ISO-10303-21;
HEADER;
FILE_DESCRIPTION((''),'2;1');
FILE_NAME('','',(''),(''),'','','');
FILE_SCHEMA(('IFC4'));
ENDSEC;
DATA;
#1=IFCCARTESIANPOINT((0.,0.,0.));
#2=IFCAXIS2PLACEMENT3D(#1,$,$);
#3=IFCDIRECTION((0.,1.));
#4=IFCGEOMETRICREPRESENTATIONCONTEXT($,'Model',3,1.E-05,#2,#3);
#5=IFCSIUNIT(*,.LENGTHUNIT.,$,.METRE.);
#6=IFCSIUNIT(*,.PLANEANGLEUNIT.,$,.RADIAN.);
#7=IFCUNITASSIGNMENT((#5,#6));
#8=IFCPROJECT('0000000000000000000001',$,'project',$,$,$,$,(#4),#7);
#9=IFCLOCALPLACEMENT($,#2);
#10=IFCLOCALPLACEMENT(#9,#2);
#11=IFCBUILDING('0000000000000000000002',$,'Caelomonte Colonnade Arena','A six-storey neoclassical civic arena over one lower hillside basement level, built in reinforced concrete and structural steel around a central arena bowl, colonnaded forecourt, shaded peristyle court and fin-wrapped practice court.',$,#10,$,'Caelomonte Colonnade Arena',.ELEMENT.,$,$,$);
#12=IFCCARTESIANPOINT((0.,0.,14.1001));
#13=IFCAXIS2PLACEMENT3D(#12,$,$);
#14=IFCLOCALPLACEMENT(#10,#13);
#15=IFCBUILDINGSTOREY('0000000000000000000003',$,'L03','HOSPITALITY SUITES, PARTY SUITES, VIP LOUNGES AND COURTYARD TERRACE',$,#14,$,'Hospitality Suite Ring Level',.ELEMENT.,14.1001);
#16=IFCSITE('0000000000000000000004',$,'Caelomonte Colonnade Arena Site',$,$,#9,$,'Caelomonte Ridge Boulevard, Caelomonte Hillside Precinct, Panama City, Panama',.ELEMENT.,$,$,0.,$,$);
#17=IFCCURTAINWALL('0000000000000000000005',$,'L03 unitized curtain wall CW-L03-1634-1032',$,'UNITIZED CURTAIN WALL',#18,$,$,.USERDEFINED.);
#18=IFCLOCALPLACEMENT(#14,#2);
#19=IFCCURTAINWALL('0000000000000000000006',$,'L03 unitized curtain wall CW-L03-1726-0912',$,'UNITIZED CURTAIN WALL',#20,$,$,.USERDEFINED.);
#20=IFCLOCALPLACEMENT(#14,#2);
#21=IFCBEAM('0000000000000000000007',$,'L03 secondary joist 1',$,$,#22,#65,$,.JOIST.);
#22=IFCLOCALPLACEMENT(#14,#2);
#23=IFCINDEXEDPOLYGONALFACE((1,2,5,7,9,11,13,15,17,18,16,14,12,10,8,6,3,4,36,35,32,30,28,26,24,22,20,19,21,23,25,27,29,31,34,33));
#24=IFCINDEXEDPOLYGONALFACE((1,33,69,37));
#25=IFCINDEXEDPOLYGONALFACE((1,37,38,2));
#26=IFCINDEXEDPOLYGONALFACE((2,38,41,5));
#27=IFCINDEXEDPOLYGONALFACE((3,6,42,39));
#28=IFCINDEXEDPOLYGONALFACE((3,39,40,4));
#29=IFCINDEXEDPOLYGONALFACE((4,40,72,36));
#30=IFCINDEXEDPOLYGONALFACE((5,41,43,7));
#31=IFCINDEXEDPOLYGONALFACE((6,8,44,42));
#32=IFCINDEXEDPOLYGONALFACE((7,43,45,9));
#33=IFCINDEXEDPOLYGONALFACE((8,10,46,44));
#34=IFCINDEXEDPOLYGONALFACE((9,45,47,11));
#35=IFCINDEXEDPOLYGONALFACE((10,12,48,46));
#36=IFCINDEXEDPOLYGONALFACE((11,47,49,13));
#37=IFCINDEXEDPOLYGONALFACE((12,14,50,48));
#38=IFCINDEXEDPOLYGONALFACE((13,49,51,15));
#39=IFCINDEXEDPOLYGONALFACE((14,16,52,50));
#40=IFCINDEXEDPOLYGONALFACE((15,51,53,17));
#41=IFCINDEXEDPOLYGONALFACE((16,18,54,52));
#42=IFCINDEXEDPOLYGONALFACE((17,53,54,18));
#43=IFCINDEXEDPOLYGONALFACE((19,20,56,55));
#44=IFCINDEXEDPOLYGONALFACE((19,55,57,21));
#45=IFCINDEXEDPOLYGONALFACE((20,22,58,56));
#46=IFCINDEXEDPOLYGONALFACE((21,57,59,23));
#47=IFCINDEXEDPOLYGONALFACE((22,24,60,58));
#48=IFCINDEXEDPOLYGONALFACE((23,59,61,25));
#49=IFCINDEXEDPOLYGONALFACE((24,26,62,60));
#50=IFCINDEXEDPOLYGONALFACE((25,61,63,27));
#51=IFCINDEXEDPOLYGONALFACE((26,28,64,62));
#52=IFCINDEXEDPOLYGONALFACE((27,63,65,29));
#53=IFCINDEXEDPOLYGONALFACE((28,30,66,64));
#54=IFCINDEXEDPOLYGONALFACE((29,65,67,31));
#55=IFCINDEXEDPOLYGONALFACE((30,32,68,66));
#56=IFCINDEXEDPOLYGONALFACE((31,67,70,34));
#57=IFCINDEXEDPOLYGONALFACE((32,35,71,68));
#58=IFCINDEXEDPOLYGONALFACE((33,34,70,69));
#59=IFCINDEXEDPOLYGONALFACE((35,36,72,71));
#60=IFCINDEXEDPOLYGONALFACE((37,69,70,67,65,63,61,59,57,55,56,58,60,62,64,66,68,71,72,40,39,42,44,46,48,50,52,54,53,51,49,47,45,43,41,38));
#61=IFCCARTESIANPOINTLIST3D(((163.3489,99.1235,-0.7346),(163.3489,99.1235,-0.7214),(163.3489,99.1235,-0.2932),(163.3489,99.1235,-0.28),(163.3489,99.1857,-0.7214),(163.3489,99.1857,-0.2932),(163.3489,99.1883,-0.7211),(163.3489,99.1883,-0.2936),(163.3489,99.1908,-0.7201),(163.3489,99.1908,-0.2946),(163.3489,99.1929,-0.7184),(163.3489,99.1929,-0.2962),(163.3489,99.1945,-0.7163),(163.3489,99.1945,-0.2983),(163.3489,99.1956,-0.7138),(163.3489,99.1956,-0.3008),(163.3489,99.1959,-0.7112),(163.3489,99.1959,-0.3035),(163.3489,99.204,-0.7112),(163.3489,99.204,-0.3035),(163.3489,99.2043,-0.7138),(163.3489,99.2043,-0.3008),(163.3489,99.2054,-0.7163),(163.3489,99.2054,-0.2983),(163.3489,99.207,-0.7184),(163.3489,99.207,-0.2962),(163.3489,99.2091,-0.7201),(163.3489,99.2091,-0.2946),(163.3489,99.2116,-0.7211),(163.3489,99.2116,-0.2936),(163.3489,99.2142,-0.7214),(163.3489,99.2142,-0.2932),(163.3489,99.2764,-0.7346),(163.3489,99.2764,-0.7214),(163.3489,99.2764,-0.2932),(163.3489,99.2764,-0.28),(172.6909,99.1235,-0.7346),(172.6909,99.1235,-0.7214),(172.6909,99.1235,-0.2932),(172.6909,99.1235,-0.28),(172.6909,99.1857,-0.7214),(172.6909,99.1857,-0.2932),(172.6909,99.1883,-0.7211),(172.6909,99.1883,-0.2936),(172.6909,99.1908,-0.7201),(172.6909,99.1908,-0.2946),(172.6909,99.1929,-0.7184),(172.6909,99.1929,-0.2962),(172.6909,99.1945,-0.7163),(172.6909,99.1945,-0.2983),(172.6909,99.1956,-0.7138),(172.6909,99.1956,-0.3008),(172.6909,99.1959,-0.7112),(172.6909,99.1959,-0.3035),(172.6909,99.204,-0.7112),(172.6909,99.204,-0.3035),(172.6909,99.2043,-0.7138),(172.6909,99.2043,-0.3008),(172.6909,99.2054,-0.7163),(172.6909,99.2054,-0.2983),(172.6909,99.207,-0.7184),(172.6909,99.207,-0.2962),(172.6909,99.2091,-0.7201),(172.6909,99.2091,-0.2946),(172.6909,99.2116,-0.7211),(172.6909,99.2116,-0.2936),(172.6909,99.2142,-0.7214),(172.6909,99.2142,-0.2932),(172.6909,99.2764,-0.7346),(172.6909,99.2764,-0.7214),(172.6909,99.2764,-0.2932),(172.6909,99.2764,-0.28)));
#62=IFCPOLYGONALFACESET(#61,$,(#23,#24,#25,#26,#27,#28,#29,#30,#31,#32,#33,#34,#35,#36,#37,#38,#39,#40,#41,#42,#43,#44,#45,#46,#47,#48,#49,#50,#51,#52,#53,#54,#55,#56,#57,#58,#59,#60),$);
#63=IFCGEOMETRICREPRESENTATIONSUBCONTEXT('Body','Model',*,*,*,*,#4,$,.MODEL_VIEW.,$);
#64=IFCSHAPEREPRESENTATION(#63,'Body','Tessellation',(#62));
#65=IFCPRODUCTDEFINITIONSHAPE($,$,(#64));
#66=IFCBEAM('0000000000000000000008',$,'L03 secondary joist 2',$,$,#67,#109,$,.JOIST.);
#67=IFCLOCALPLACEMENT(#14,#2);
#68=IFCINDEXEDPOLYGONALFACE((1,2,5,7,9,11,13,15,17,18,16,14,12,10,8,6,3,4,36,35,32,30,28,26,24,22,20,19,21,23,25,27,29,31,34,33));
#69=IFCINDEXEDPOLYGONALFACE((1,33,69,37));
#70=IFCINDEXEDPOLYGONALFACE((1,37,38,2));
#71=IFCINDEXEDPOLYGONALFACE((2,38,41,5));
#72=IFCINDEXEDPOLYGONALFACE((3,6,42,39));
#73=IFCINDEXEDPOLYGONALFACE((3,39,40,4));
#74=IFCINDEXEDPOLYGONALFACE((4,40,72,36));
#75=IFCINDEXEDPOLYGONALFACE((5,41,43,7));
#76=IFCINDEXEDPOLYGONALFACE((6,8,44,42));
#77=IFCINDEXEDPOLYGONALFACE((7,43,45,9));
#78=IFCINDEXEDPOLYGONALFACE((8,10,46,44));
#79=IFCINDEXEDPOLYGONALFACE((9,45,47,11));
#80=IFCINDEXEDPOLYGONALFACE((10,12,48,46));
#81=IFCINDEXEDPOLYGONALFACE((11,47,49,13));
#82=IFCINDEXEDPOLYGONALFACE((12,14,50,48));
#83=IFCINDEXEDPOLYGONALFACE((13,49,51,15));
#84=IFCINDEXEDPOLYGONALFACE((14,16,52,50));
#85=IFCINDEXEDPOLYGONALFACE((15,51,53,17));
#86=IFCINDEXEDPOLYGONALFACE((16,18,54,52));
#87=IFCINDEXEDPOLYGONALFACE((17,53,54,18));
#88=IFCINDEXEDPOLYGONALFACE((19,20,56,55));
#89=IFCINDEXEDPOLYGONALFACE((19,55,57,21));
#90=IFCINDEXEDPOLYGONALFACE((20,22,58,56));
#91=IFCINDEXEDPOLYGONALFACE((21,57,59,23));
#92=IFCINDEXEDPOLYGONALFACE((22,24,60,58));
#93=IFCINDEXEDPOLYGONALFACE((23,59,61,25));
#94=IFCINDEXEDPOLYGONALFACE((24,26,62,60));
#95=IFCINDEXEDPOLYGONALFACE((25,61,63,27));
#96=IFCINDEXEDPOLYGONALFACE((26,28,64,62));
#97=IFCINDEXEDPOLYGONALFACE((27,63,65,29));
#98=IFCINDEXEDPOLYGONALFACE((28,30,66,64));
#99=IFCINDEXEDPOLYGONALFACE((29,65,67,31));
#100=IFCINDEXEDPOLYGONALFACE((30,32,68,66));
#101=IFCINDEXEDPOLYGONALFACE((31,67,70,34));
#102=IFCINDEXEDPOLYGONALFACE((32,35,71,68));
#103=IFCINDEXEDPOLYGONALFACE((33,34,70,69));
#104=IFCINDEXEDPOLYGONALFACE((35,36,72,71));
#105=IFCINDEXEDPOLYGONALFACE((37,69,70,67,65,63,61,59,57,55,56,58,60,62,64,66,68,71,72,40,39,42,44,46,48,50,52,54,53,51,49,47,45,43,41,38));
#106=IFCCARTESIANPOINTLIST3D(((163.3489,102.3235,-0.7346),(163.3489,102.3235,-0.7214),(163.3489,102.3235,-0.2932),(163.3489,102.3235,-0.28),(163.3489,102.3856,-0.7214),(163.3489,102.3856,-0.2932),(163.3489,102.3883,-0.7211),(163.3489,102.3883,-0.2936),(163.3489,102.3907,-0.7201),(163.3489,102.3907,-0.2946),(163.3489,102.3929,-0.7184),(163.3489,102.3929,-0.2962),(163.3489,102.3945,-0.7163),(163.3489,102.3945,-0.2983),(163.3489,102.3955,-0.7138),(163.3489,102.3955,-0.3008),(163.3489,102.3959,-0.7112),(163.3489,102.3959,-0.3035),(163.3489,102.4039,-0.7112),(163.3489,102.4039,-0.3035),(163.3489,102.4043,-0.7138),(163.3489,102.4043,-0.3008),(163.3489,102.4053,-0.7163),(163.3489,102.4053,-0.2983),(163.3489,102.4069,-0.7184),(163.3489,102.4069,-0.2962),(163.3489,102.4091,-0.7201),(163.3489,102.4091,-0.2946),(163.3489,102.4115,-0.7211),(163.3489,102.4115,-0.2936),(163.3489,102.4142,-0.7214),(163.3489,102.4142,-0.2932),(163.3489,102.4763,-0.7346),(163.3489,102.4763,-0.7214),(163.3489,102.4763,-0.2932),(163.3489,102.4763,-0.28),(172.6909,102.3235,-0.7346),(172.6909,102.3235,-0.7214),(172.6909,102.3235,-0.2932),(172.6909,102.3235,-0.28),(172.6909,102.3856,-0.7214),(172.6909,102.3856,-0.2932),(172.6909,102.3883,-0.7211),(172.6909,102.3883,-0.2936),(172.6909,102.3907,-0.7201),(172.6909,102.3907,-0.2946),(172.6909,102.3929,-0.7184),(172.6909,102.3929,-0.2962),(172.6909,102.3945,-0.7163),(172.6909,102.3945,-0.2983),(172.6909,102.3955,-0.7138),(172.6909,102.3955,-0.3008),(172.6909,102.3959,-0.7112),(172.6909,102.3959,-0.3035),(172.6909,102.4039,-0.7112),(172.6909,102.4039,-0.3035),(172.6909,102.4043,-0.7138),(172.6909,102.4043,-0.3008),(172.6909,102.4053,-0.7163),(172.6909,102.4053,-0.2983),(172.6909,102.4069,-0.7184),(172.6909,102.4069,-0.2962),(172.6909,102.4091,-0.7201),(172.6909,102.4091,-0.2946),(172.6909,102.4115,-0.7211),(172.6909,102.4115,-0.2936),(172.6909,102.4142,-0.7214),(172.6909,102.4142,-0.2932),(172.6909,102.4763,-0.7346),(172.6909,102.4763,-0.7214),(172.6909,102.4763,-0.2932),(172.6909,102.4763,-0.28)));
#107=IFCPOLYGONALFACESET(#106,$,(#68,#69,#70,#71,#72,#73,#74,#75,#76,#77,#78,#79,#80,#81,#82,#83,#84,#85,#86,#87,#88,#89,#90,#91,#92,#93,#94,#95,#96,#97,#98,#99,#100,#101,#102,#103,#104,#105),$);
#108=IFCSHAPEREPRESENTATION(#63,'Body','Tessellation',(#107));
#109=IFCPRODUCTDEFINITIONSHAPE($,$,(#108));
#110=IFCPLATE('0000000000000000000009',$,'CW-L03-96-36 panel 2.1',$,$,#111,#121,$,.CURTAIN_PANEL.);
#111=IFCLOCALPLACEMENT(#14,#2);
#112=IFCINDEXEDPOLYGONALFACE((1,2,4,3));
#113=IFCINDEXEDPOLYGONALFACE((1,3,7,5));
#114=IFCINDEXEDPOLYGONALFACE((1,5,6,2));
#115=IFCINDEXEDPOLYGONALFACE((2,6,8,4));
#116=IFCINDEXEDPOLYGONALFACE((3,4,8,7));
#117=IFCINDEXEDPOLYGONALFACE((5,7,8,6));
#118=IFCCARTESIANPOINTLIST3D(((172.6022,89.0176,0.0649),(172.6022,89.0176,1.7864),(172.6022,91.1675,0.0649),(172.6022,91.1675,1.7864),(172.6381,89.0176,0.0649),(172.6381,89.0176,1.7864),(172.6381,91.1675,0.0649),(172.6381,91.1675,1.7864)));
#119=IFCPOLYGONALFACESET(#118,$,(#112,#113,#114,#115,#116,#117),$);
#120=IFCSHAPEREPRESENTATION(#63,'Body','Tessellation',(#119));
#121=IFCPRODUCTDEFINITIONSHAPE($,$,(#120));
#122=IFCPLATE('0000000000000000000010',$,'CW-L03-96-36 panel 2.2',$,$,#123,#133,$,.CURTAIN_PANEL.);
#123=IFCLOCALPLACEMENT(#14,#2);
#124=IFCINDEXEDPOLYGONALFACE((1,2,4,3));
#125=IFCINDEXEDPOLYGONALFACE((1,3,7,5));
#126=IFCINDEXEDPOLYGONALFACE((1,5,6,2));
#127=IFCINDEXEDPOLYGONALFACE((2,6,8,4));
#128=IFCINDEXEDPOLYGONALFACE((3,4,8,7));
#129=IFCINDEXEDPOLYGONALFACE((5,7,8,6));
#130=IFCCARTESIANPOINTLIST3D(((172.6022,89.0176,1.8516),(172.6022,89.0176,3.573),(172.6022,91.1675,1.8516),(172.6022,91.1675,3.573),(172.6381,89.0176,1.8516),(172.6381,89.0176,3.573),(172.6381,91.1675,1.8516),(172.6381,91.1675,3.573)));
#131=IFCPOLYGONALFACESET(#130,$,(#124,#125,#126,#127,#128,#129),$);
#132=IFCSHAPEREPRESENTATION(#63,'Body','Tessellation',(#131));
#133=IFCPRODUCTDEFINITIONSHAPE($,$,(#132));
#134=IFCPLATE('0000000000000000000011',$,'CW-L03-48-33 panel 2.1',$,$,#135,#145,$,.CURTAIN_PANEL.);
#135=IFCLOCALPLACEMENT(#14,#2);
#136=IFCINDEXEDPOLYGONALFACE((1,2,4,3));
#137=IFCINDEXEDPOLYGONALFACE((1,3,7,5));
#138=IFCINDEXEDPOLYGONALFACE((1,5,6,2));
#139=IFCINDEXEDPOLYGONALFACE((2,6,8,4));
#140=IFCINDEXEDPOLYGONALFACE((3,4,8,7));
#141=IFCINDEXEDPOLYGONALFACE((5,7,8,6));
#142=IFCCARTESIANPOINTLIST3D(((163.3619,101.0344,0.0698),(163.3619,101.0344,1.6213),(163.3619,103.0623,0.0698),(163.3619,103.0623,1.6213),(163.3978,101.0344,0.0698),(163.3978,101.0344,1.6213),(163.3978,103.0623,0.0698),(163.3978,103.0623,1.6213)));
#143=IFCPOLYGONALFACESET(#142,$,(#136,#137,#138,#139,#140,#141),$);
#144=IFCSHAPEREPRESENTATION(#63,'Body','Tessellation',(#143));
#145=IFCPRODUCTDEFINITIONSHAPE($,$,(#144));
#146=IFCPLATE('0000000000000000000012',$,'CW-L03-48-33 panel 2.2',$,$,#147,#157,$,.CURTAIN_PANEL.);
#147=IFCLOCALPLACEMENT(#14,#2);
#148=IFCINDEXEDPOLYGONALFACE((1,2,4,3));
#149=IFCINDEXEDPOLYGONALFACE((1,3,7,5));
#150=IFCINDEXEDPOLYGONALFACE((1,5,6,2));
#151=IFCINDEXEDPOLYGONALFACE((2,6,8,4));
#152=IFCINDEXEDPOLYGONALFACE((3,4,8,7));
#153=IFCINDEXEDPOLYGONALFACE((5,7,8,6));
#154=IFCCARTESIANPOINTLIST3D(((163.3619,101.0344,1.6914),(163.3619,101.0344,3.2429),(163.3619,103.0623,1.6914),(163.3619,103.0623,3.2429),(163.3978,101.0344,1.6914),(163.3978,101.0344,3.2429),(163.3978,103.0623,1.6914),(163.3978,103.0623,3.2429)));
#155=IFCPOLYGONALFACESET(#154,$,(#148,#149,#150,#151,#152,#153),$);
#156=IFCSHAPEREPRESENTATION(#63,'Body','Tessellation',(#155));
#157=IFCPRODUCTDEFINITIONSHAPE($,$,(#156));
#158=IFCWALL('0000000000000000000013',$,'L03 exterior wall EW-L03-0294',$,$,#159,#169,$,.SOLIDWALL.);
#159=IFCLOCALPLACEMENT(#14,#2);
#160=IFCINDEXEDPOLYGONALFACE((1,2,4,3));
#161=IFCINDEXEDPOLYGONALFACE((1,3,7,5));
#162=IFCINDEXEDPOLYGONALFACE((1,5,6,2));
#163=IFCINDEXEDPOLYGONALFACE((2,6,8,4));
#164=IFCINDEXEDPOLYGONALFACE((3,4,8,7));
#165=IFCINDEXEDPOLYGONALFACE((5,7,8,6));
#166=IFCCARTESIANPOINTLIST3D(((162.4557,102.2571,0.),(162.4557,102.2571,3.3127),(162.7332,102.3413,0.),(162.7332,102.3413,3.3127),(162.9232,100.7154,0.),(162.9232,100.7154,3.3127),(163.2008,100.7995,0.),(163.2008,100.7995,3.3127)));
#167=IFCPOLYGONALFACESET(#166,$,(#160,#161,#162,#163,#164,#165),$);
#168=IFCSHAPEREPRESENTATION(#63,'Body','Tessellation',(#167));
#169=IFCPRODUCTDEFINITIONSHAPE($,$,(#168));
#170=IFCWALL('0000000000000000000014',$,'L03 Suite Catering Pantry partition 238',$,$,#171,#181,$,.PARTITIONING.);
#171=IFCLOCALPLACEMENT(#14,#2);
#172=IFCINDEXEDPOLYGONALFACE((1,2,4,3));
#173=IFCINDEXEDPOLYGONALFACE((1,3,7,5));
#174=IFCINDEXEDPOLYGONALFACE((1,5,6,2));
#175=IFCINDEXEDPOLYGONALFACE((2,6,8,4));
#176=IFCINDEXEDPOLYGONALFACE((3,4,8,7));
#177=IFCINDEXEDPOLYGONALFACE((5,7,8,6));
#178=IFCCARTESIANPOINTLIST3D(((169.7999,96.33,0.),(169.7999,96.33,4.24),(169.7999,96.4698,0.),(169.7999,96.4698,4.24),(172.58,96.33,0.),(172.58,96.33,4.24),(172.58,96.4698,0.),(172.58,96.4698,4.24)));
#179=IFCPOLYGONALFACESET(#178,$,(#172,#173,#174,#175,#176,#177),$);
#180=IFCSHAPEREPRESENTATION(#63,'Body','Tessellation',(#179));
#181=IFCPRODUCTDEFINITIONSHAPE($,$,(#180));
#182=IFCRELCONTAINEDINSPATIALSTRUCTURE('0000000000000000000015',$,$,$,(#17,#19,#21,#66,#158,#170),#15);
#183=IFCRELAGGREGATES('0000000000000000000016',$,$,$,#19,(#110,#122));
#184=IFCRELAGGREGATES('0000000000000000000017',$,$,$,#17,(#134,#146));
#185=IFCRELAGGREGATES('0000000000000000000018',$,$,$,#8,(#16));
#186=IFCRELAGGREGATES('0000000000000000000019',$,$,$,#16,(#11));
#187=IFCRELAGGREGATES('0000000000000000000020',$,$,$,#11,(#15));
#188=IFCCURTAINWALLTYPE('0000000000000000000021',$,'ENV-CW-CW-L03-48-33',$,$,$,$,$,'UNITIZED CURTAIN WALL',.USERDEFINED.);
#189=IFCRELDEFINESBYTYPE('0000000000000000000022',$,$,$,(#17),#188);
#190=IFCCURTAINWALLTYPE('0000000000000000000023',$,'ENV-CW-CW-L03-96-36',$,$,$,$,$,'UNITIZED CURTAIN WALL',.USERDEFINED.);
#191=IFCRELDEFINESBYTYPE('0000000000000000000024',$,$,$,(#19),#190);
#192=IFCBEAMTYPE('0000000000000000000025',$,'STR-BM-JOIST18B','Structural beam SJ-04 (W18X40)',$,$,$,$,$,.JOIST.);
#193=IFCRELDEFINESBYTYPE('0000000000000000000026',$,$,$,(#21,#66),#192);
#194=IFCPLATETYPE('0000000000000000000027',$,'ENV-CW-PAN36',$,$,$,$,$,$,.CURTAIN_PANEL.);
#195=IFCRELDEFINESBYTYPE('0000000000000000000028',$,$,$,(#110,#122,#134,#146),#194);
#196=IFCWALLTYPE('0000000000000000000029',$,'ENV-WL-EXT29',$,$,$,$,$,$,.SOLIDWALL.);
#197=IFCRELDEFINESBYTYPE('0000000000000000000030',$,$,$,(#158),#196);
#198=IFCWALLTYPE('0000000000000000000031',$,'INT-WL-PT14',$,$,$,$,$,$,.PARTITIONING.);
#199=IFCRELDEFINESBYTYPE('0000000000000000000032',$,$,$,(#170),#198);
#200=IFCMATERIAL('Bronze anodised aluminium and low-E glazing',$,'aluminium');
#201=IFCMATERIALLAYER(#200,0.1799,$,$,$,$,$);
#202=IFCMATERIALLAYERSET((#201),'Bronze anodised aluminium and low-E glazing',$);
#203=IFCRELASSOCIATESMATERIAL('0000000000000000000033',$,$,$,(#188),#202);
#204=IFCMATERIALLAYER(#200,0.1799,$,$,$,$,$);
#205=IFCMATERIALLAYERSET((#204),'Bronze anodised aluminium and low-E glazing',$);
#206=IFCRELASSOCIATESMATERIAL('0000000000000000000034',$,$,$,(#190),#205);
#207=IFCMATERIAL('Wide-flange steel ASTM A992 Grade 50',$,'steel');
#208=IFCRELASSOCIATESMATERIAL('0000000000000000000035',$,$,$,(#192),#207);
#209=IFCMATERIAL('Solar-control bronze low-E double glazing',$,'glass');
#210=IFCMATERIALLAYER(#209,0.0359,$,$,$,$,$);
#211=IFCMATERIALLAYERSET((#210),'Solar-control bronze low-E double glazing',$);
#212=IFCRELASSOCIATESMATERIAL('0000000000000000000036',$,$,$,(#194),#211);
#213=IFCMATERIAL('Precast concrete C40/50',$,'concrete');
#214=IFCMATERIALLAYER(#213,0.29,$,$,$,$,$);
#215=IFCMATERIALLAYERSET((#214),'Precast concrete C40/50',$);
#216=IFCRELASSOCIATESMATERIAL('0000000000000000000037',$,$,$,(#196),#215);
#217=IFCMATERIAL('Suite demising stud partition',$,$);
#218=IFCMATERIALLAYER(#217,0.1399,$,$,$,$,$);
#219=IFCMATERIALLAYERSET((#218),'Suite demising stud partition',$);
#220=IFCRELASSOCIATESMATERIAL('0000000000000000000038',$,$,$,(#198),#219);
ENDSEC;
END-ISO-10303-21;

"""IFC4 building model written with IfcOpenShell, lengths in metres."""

from ifc_helpers import new_model, si_unit, direction, frame, frame_2d, origin, origin_2d, place, context, subcontext, project, spatial, rectangle, i_section, extrude, material, layer, layer_set, material_profile, profile_set, type_object, element, aggregate, save


model = new_model("IFC4")

# Units and contexts
model_context = context("Model", 3, precision=1e-05, world=origin(), true_north=direction((0.0, 1.0)))
body_context = subcontext(model_context, "Body", "Model", "MODEL_VIEW")
ifc_project = project(units=[si_unit("LENGTHUNIT", "METRE"), si_unit("PLANEANGLEUNIT", "RADIAN")], contexts=[model_context])

# Site, building, storey
site_placement = place(None, origin())
site = spatial("IfcSite", under=ifc_project, at=site_placement, Name="Caelomonte Colonnade Arena Site", LongName="Caelomonte Ridge Boulevard, Caelomonte Hillside Precinct, Panama City, Panama", CompositionType="ELEMENT", RefElevation=0.0)
building_placement = place(site_placement, origin())
building = spatial("IfcBuilding", under=site, at=building_placement, Name="Caelomonte Colonnade Arena", Description="A six-storey neoclassical civic arena over one lower hillside basement level, built in reinforced concrete and structural steel around a central arena bowl, colonnaded forecourt, shaded peristyle court and fin-wrapped practice court.", LongName="Caelomonte Colonnade Arena", CompositionType="ELEMENT")
storey_placement = place(building_placement, frame((0.0, 0.0, 14.1001)))
storey = spatial("IfcBuildingStorey", under=building, at=storey_placement, Name="L03", Description="HOSPITALITY SUITES, PARTY SUITES, VIP LOUNGES AND COURTYARD TERRACE", LongName="Hospitality Suite Ring Level", CompositionType="ELEMENT", Elevation=14.1001)

# Shared definitions
ifc_material_1 = material(Name="Wide-flange steel ASTM A992 Grade 50", Category="steel")

# Curtain wall
ifc_material_2 = material(Name="Bronze anodised aluminium and low-E glazing", Category="aluminium")
ifc_layer_1 = layer(ifc_material_2, 0.1799)
ifc_layer_set_1 = layer_set([ifc_layer_1], Name="Bronze anodised aluminium and low-E glazing")
curtain_wall_type_1 = type_object("IfcCurtainWallType", Name="ENV-CW-CW-L03-48-33", ElementType="UNITIZED CURTAIN WALL", PredefinedType="USERDEFINED", material=ifc_layer_set_1)
curtain_wall_1_placement = place(storey_placement, origin())
curtain_wall_1 = element("IfcCurtainWall", 1, at=curtain_wall_1_placement, inside=storey, type_object=curtain_wall_type_1, Name="L03 unitized curtain wall CW-L03-1634-1032", ObjectType="UNITIZED CURTAIN WALL", PredefinedType="USERDEFINED")

# Curtain wall
ifc_layer_2 = layer(ifc_material_2, 0.1799)
ifc_layer_set_2 = layer_set([ifc_layer_2], Name="Bronze anodised aluminium and low-E glazing")
curtain_wall_type_2 = type_object("IfcCurtainWallType", Name="ENV-CW-CW-L03-96-36", ElementType="UNITIZED CURTAIN WALL", PredefinedType="USERDEFINED", material=ifc_layer_set_2)
curtain_wall_2_placement = place(storey_placement, origin())
curtain_wall_2 = element("IfcCurtainWall", 2, at=curtain_wall_2_placement, inside=storey, type_object=curtain_wall_type_2, Name="L03 unitized curtain wall CW-L03-1726-0912", ObjectType="UNITIZED CURTAIN WALL", PredefinedType="USERDEFINED")

# Beams
ifc_material_profile_1 = material_profile(ifc_material_1, i_section(OverallWidth=0.1528, OverallDepth=0.4546, WebThickness=0.0081, FlangeThickness=0.0132, FilletRadius=0.0103, at=origin_2d()), Name="W18X40")
ifc_profile_set_1 = profile_set([ifc_material_profile_1], Name="Wide-flange steel ASTM A992 Grade 50")
beam_type_1 = type_object("IfcBeamType", Name="STR-BM-JOIST18B", Description="Structural beam SJ-04 (W18X40)", PredefinedType="JOIST", material=ifc_profile_set_1)
for number, where, z_axis, x_axis, name in (
    (3, (163.3489, 99.2, -0.5073), (1.0, 0.0, 0.0), (0.0, 1.0, 0.0), "L03 secondary joist 1"),
    (4, (163.3489, 102.3999, -0.5073), (1.0, 0.0, 0.0), (0.0, 1.0, 0.0), "L03 secondary joist 2"),
):
    element("IfcBeam", number, at=place(storey_placement, frame(where, z_axis=z_axis, x_axis=x_axis)), inside=storey, type_object=beam_type_1, Name=name, PredefinedType="JOIST", context=body_context, shape_type="SweptSolid", body=[
        extrude(i_section(OverallWidth=0.1528, OverallDepth=0.4546, WebThickness=0.0081, FlangeThickness=0.0132, FilletRadius=0.0103, at=origin_2d()), origin(), (0.0, 0.0, 1.0), 9.342),
    ])

# Plates
ifc_material_3 = material(Name="Solar-control bronze low-E double glazing", Category="glass")
ifc_layer_3 = layer(ifc_material_3, 0.0359)
ifc_layer_set_3 = layer_set([ifc_layer_3], Name="Solar-control bronze low-E double glazing")
plate_type = type_object("IfcPlateType", Name="ENV-CW-PAN36", PredefinedType="CURTAIN_PANEL", material=ifc_layer_set_3)
plate_1_placement = place(storey_placement, frame((172.6201, 90.0925, 0.0649), z_axis=(0.0, 0.0, 1.0), x_axis=(0.0, 1.0, 0.0)))
plate_1 = element("IfcPlate", 5, at=plate_1_placement, type_object=plate_type, Name="CW-L03-96-36 panel 2.1", PredefinedType="CURTAIN_PANEL", context=body_context, shape_type="SweptSolid", body=[
    extrude(rectangle(XDim=2.1499, YDim=0.0359, at=origin_2d()), origin(), (0.0, 0.0, 1.0), 1.7214),
])
plate_2_placement = place(storey_placement, frame((172.6201, 90.0925, 1.8516), z_axis=(0.0, 0.0, 1.0), x_axis=(0.0, 1.0, 0.0)))
plate_2 = element("IfcPlate", 6, at=plate_2_placement, type_object=plate_type, Name="CW-L03-96-36 panel 2.2", PredefinedType="CURTAIN_PANEL", context=body_context, shape_type="SweptSolid", body=[
    extrude(rectangle(XDim=2.1499, YDim=0.0359, at=origin_2d()), origin(), (0.0, 0.0, 1.0), 1.7214),
])
aggregate(curtain_wall_2, [plate_1, plate_2])
plate_3_placement = place(storey_placement, frame((163.3799, 102.0483, 0.0698), z_axis=(0.0, 0.0, 1.0), x_axis=(0.0, -1.0, 0.0)))
plate_3 = element("IfcPlate", 7, at=plate_3_placement, type_object=plate_type, Name="CW-L03-48-33 panel 2.1", PredefinedType="CURTAIN_PANEL", context=body_context, shape_type="SweptSolid", body=[
    extrude(rectangle(XDim=2.0278, YDim=0.0359, at=origin_2d()), origin(), (0.0, 0.0, 1.0), 1.5515),
])
plate_4_placement = place(storey_placement, frame((163.3799, 102.0483, 1.6914), z_axis=(0.0, 0.0, 1.0), x_axis=(0.0, -1.0, 0.0)))
plate_4 = element("IfcPlate", 8, at=plate_4_placement, type_object=plate_type, Name="CW-L03-48-33 panel 2.2", PredefinedType="CURTAIN_PANEL", context=body_context, shape_type="SweptSolid", body=[
    extrude(rectangle(XDim=2.0278, YDim=0.0359, at=origin_2d()), origin(), (0.0, 0.0, 1.0), 1.5515),
])
aggregate(curtain_wall_1, [plate_3, plate_4])

# Walls
ifc_material_4 = material(Name="Precast concrete C40/50", Category="concrete")
ifc_layer_4 = layer(ifc_material_4, 0.29)
ifc_layer_set_4 = layer_set([ifc_layer_4], Name="Precast concrete C40/50")
wall_type_1 = type_object("IfcWallType", Name="ENV-WL-EXT29", PredefinedType="SOLIDWALL", material=ifc_layer_set_4)
wall_1_placement = place(storey_placement, frame((163.062, 100.7573, 0.0), z_axis=(0.0, 0.0, 1.0), x_axis=(-0.290197, 0.956967, 0.0)))
element("IfcWall", 9, at=wall_1_placement, inside=storey, type_object=wall_type_1, Name="L03 exterior wall EW-L03-0294", PredefinedType="SOLIDWALL", context=body_context, shape_type="SweptSolid", body=[
    extrude(rectangle(XDim=1.6111, YDim=0.29, at=frame_2d((0.8057, 0.0))), origin(), (0.0, 0.0, 1.0), 3.3127),
])
ifc_material_5 = material(Name="Suite demising stud partition")
ifc_layer_5 = layer(ifc_material_5, 0.1399)
ifc_layer_set_5 = layer_set([ifc_layer_5], Name="Suite demising stud partition")
wall_type_2 = type_object("IfcWallType", Name="INT-WL-PT14", PredefinedType="PARTITIONING", material=ifc_layer_set_5)
wall_2_placement = place(storey_placement, frame((172.5801, 96.3999, 0.0), z_axis=(0.0, 0.0, 1.0), x_axis=(-1.0, 0.0, 0.0)))
element("IfcWall", 10, at=wall_2_placement, inside=storey, type_object=wall_type_2, Name="L03 Suite Catering Pantry partition 238", PredefinedType="PARTITIONING", context=body_context, shape_type="SweptSolid", body=[
    extrude(rectangle(XDim=2.78, YDim=0.1399, at=frame_2d((1.3901, 0.0))), origin(), (0.0, 0.0, 1.0), 4.24),
])

save(model, "model.ifc")
